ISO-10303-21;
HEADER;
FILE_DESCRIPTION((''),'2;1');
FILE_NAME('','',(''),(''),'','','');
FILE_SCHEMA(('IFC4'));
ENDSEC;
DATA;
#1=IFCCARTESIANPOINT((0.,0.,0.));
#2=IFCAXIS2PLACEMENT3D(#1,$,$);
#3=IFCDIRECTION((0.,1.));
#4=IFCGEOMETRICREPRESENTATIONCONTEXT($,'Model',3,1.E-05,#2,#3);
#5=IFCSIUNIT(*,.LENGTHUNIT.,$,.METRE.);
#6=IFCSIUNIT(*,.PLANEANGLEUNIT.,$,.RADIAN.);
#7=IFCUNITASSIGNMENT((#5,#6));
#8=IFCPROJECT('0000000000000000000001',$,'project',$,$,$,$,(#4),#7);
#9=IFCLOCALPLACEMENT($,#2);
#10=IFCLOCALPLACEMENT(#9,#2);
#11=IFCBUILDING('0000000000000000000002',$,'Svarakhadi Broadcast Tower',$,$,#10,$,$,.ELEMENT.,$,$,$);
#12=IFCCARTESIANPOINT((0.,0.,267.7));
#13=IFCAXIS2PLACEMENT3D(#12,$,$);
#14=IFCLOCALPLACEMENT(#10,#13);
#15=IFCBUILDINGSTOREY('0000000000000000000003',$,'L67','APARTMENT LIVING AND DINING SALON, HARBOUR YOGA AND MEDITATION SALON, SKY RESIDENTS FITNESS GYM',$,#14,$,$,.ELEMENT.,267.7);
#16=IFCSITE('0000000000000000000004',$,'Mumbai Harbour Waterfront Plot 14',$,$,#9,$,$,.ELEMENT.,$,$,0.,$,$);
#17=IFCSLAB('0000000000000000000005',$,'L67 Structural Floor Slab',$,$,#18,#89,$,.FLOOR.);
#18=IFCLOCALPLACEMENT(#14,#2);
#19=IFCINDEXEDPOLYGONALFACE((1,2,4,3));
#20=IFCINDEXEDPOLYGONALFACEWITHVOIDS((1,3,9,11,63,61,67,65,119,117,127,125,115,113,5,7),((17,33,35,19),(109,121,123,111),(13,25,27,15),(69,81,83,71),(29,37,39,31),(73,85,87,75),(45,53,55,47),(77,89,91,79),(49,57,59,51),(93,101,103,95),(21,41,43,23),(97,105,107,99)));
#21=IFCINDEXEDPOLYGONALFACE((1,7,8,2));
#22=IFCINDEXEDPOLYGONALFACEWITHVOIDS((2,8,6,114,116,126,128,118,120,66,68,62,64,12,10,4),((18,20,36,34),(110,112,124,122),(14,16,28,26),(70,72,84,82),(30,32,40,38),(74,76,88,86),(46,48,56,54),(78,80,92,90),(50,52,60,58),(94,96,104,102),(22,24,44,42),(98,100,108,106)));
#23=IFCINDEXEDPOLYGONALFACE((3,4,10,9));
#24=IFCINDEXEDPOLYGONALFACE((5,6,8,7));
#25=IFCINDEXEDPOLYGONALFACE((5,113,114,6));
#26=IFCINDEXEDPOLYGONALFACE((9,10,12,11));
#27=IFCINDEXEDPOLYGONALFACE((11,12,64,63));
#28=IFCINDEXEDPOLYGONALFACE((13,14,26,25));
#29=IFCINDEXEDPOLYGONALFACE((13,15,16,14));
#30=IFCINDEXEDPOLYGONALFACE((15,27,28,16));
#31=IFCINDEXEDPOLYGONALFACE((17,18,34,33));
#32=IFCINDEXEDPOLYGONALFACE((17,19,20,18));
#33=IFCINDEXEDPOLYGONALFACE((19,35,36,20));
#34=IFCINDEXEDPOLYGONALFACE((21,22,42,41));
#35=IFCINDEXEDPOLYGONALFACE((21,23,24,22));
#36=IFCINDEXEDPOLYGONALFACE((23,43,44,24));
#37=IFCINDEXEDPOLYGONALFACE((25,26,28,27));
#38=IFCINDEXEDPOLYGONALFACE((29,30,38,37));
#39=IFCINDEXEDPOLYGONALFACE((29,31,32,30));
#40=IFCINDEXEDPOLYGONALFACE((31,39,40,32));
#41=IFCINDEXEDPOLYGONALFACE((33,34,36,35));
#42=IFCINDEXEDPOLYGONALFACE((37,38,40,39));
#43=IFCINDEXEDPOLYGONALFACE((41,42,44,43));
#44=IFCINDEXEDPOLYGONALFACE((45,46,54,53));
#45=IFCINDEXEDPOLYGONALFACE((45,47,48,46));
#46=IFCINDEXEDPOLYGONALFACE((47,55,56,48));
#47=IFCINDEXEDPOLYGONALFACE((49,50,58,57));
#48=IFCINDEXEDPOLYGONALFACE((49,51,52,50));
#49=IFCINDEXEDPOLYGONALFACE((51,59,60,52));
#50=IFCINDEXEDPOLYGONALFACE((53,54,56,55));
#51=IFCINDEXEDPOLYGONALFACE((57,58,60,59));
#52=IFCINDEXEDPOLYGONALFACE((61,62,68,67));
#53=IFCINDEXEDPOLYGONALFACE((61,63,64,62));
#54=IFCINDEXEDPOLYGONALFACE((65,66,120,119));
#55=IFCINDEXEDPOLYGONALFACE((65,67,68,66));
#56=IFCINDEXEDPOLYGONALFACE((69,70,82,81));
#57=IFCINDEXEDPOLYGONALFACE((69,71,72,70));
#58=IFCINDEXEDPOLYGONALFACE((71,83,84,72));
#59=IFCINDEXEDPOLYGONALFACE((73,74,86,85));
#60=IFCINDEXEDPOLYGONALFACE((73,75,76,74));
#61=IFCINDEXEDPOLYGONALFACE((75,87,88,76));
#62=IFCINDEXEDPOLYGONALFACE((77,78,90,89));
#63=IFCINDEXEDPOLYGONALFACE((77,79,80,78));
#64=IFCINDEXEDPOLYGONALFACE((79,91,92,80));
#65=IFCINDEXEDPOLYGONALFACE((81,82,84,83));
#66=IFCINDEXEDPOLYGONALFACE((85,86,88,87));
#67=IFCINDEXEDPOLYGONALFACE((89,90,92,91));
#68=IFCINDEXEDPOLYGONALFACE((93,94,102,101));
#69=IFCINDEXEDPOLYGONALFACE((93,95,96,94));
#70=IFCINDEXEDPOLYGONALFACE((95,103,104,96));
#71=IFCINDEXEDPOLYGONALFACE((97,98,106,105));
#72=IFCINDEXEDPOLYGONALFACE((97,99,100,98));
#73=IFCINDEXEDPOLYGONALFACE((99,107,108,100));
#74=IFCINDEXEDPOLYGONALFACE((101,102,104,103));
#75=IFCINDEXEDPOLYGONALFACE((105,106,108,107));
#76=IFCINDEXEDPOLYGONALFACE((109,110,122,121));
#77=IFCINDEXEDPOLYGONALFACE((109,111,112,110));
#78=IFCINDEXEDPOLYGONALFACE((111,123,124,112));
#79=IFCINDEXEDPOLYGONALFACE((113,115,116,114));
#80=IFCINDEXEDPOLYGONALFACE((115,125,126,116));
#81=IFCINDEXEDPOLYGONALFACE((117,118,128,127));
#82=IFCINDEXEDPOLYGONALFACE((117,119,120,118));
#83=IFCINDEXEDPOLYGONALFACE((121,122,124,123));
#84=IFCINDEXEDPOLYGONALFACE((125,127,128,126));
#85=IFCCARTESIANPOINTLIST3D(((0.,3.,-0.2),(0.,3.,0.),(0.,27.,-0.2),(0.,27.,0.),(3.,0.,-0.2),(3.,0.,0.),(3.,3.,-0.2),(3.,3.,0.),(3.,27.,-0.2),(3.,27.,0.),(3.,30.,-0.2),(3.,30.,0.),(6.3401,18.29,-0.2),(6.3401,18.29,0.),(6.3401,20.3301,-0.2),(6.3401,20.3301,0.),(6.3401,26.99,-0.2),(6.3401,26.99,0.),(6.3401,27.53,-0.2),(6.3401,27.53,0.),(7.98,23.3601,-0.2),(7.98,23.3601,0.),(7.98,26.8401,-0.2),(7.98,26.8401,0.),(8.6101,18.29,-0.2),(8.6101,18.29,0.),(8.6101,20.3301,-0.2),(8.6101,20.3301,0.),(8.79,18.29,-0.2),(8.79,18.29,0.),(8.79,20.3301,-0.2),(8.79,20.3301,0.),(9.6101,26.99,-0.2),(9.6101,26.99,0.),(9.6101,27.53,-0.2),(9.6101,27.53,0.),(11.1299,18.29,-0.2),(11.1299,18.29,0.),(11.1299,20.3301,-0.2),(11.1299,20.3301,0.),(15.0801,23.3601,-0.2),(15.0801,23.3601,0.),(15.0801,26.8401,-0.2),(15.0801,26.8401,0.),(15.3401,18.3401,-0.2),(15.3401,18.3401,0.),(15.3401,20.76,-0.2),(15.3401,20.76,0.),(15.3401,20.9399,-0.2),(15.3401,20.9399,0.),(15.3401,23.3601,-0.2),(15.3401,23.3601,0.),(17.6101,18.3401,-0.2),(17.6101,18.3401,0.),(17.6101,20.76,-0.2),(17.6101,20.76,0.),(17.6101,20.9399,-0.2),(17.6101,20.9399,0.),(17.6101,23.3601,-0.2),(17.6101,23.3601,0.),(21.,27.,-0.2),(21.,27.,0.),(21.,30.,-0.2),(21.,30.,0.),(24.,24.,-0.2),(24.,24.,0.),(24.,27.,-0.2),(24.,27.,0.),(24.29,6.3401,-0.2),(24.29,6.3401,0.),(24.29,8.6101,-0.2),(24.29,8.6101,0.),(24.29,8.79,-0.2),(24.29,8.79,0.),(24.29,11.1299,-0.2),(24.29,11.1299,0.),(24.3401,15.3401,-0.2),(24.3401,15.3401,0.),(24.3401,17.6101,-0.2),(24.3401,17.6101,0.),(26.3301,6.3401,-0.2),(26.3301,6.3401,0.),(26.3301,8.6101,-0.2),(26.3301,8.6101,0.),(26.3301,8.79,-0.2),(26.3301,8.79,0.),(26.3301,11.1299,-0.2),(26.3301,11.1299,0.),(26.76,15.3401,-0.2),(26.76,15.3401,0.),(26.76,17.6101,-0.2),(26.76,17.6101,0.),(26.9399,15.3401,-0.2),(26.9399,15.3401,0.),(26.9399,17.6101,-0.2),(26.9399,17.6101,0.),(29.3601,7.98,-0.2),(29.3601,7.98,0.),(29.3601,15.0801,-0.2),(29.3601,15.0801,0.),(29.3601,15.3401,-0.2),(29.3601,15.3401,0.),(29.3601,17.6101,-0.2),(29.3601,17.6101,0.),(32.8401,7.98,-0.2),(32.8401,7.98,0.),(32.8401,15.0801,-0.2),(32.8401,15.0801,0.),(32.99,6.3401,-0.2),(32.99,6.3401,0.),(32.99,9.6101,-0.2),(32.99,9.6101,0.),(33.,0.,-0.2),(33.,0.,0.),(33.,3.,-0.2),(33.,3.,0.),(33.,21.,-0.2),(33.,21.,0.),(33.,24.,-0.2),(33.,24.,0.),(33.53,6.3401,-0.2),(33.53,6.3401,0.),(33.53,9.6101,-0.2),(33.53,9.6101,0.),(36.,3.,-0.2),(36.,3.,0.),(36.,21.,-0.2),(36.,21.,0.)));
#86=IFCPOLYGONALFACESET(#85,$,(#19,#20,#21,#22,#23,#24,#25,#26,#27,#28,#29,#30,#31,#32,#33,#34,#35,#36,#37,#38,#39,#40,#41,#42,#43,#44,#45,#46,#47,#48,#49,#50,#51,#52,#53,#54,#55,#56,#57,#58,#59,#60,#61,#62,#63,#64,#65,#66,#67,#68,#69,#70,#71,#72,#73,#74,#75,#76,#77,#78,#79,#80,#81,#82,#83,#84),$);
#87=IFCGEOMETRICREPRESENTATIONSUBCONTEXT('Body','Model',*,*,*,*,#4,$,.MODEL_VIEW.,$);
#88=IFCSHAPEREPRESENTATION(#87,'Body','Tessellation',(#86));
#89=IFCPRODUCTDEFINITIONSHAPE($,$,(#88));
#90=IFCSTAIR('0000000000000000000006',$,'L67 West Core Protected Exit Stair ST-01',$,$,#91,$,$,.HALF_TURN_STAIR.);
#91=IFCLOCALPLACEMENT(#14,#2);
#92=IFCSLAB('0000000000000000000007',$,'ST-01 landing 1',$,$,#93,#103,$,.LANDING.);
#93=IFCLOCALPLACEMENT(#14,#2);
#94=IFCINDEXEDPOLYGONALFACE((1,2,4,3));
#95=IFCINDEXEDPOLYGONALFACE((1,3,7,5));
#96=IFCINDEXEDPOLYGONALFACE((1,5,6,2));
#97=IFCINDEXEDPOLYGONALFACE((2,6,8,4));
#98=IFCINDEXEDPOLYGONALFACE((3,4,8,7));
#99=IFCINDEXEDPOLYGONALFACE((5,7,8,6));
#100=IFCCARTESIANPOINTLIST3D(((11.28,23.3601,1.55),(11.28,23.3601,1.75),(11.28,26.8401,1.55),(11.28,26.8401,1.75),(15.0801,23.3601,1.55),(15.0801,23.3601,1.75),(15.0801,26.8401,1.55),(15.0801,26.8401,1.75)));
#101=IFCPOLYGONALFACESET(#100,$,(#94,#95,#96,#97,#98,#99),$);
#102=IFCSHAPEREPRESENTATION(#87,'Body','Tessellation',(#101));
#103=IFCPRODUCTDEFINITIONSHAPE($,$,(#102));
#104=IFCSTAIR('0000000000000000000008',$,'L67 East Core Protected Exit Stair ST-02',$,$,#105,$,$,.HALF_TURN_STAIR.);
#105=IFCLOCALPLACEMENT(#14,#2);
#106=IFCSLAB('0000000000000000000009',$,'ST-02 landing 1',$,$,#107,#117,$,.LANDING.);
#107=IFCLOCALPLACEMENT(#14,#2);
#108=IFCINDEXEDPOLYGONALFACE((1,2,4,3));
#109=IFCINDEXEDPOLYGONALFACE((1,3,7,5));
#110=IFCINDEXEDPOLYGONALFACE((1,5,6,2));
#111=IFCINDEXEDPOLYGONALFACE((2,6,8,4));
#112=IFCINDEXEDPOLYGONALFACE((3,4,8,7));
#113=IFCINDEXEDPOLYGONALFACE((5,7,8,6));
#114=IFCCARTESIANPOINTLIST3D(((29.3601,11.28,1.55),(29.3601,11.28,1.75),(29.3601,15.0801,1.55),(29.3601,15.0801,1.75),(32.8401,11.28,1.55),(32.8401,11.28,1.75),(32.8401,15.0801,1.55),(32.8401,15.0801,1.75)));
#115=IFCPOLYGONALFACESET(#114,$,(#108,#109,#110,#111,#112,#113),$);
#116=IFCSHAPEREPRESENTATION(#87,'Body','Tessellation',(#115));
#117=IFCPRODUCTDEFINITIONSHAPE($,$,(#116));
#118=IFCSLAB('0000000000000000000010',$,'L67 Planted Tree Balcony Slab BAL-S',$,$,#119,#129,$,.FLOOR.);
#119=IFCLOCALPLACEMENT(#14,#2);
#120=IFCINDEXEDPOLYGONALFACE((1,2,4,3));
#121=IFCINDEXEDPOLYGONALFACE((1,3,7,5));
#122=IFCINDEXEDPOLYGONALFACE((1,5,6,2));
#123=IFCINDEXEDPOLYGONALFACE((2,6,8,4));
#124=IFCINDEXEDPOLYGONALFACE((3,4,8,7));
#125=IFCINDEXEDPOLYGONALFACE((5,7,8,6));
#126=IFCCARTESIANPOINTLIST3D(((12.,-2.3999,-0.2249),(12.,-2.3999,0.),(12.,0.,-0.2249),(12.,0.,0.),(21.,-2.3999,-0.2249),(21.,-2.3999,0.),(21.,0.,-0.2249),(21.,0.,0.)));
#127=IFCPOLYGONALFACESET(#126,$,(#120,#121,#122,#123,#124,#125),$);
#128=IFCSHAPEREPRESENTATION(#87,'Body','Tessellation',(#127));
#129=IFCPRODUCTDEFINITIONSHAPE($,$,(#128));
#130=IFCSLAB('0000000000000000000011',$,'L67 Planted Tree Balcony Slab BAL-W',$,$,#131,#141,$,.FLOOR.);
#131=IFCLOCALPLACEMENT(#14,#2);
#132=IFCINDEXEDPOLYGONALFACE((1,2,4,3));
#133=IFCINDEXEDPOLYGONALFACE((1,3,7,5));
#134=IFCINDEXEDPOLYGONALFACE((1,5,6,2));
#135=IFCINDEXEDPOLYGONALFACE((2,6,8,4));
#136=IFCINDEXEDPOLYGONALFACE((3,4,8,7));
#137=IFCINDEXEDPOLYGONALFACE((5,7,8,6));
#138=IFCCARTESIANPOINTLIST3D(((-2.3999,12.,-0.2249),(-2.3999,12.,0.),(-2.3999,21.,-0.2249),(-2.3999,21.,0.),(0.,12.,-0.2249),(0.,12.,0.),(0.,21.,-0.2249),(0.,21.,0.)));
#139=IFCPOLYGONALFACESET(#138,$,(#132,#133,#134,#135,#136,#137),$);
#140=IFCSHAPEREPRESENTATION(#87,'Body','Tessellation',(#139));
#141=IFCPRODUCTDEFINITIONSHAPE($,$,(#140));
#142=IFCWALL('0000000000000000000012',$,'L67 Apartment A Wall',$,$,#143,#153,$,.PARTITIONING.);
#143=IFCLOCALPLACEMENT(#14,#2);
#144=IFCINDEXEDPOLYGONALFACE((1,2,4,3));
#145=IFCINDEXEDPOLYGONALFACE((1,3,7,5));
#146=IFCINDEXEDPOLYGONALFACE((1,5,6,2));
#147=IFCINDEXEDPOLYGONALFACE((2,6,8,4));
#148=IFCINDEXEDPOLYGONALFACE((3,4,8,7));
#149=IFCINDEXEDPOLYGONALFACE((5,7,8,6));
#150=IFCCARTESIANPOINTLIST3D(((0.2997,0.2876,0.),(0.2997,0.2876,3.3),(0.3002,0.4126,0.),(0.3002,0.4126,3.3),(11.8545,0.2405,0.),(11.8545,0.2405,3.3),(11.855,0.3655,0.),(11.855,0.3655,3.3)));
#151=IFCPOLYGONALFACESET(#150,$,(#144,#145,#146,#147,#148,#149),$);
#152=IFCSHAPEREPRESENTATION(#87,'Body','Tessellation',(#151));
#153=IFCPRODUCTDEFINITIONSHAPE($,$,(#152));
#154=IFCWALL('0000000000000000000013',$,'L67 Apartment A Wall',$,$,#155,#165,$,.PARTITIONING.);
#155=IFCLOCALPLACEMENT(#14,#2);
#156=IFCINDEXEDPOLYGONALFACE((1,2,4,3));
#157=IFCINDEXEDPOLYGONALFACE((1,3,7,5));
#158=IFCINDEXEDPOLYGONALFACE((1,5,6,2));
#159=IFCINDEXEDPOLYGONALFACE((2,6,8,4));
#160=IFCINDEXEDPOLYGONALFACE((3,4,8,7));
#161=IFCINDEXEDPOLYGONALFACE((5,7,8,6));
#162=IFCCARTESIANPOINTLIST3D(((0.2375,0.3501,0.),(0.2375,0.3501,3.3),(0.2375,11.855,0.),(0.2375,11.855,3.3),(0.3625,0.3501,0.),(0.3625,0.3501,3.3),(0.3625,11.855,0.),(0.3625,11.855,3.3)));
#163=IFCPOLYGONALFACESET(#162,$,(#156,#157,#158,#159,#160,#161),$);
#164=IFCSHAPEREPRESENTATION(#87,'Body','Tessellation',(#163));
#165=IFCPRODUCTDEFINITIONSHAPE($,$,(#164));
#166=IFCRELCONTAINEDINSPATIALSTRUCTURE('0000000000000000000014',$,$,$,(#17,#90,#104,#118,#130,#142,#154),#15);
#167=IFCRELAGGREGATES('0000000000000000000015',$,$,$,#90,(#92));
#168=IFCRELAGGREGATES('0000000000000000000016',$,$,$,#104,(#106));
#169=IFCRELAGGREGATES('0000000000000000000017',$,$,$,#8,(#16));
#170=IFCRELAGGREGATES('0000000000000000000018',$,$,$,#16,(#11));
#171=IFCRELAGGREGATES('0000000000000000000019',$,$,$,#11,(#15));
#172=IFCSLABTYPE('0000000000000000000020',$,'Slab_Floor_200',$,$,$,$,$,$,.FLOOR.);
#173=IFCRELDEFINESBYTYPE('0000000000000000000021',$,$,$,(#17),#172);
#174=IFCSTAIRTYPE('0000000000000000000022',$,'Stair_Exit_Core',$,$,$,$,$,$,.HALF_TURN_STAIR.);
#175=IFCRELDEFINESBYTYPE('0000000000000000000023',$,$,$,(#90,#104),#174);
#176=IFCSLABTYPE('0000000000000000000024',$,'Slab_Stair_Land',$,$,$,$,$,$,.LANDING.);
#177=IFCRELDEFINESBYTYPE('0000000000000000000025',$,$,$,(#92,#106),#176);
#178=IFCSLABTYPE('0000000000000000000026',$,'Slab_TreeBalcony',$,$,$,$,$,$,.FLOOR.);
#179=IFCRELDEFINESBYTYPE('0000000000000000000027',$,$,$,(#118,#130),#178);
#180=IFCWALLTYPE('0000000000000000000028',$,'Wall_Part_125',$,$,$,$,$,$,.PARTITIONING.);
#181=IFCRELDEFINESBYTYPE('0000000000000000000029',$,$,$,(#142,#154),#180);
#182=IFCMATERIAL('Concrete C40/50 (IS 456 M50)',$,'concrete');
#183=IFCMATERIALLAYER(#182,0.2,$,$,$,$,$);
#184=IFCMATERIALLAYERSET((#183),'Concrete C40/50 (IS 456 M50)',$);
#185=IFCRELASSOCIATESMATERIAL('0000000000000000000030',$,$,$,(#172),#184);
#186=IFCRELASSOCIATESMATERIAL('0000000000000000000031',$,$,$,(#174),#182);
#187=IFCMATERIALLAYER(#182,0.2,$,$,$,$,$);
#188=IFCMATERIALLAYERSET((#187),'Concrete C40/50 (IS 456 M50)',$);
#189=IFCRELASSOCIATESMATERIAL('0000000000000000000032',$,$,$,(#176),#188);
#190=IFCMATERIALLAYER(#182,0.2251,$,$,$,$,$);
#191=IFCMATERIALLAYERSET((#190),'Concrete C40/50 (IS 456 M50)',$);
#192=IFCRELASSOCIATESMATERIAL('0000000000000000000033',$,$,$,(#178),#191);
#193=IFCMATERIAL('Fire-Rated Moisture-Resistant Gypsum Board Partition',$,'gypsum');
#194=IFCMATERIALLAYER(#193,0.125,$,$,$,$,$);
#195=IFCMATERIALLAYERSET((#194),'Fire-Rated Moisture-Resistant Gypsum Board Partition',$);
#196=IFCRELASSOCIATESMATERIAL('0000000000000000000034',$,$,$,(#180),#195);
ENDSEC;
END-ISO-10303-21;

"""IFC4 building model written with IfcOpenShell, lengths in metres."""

from ifc_helpers import new_model, si_unit, direction, frame, frame_2d, origin, place, context, subcontext, project, spatial, polyline, rectangle, outline, extrude, material, layer, layer_set, type_object, element, aggregate, save


model = new_model("IFC4")

# Units and contexts
model_context = context("Model", 3, precision=1e-05, world=origin(), true_north=direction((0.0, 1.0)))
body_context = subcontext(model_context, "Body", "Model", "MODEL_VIEW")
ifc_project = project(units=[si_unit("LENGTHUNIT", "METRE"), si_unit("PLANEANGLEUNIT", "RADIAN")], contexts=[model_context])

# Site, building, storey
site_placement = place(None, origin())
site = spatial("IfcSite", under=ifc_project, at=site_placement, Name="Mumbai Harbour Waterfront Plot 14", CompositionType="ELEMENT", RefElevation=0.0)
building_placement = place(site_placement, origin())
building = spatial("IfcBuilding", under=site, at=building_placement, Name="Svarakhadi Broadcast Tower", CompositionType="ELEMENT")
storey_placement = place(building_placement, frame((0.0, 0.0, 267.7)))
storey = spatial("IfcBuildingStorey", under=building, at=storey_placement, Name="L67", Description="APARTMENT LIVING AND DINING SALON, HARBOUR YOGA AND MEDITATION SALON, SKY RESIDENTS FITNESS GYM", CompositionType="ELEMENT", Elevation=267.7)

# Slab
ifc_material_1 = material(Name="Concrete C40/50 (IS 456 M50)", Category="concrete")
ifc_layer_1 = layer(ifc_material_1, 0.2)
ifc_layer_set_1 = layer_set([ifc_layer_1], Name="Concrete C40/50 (IS 456 M50)")
slab_type_1 = type_object("IfcSlabType", Name="Slab_Floor_200", PredefinedType="FLOOR", material=ifc_layer_set_1)
slab_1_placement = place(storey_placement, frame((0.0, 0.0, -0.2)))
element("IfcSlab", 1, at=slab_1_placement, inside=storey, type_object=slab_type_1, Name="L67 Structural Floor Slab", PredefinedType="FLOOR", context=body_context, shape_type="SweptSolid", body=[
    extrude(outline(polyline([(3.0, 0.0), (33.0, 0.0), (33.0, 3.0), (36.0, 3.0), (36.0, 21.0), (33.0, 21.0), (33.0, 24.0), (24.0, 24.0), (24.0, 27.0), (21.0, 27.0), (21.0, 30.0), (3.0, 30.0), (3.0, 27.0), (0.0, 27.0), (0.0, 3.0), (3.0, 3.0), (3.0, 0.0)]), holes=[polyline([(7.98, 23.3601), (15.0801, 23.3601), (15.0801, 26.8401), (7.98, 26.8401), (7.98, 23.3601)]), polyline([(32.8401, 7.98), (32.8401, 15.0801), (29.3601, 15.0801), (29.3601, 7.98), (32.8401, 7.98)]), polyline([(6.3401, 18.29), (8.6101, 18.29), (8.6101, 20.3301), (6.3401, 20.3301), (6.3401, 18.29)]), polyline([(8.79, 18.29), (11.1299, 18.29), (11.1299, 20.3301), (8.79, 20.3301), (8.79, 18.29)]), polyline([(24.29, 6.3401), (26.3301, 6.3401), (26.3301, 8.6101), (24.29, 8.6101), (24.29, 6.3401)]), polyline([(24.29, 8.79), (26.3301, 8.79), (26.3301, 11.1299), (24.29, 11.1299), (24.29, 8.79)]), polyline([(6.3401, 26.99), (9.6101, 26.99), (9.6101, 27.53), (6.3401, 27.53), (6.3401, 26.99)]), polyline([(32.99, 6.3401), (33.53, 6.3401), (33.53, 9.6101), (32.99, 9.6101), (32.99, 6.3401)]), polyline([(15.3401, 18.3401), (17.6101, 18.3401), (17.6101, 20.76), (15.3401, 20.76), (15.3401, 18.3401)]), polyline([(15.3401, 20.9399), (17.6101, 20.9399), (17.6101, 23.3601), (15.3401, 23.3601), (15.3401, 20.9399)]), polyline([(24.3401, 15.3401), (26.76, 15.3401), (26.76, 17.6101), (24.3401, 17.6101), (24.3401, 15.3401)]), polyline([(26.9399, 15.3401), (29.3601, 15.3401), (29.3601, 17.6101), (26.9399, 17.6101), (26.9399, 15.3401)])]), origin(), (0.0, 0.0, 1.0), 0.2),
])

# Stairs, slabs
stair_type = type_object("IfcStairType", Name="Stair_Exit_Core", PredefinedType="HALF_TURN_STAIR", material=ifc_material_1)
stair_1_placement = place(storey_placement, origin())
stair_1 = element("IfcStair", 2, at=stair_1_placement, inside=storey, type_object=stair_type, Name="L67 West Core Protected Exit Stair ST-01", PredefinedType="HALF_TURN_STAIR")
ifc_layer_2 = layer(ifc_material_1, 0.2)
ifc_layer_set_2 = layer_set([ifc_layer_2], Name="Concrete C40/50 (IS 456 M50)")
slab_type_2 = type_object("IfcSlabType", Name="Slab_Stair_Land", PredefinedType="LANDING", material=ifc_layer_set_2)
slab_2_placement = place(storey_placement, frame((0.0, 0.0, 1.55)))
slab_2 = element("IfcSlab", 3, at=slab_2_placement, type_object=slab_type_2, Name="ST-01 landing 1", PredefinedType="LANDING", context=body_context, shape_type="SweptSolid", body=[
    extrude(outline(polyline([(11.28, 23.3601), (15.0801, 23.3601), (15.0801, 26.8401), (11.28, 26.8401), (11.28, 23.3601)])), origin(), (0.0, 0.0, 1.0), 0.2),
])
aggregate(stair_1, [slab_2])
stair_2_placement = place(storey_placement, origin())
stair_2 = element("IfcStair", 4, at=stair_2_placement, inside=storey, type_object=stair_type, Name="L67 East Core Protected Exit Stair ST-02", PredefinedType="HALF_TURN_STAIR")
slab_3_placement = place(storey_placement, frame((0.0, 0.0, 1.55)))
slab_3 = element("IfcSlab", 5, at=slab_3_placement, type_object=slab_type_2, Name="ST-02 landing 1", PredefinedType="LANDING", context=body_context, shape_type="SweptSolid", body=[
    extrude(outline(polyline([(32.8401, 11.28), (32.8401, 15.0801), (29.3601, 15.0801), (29.3601, 11.28), (32.8401, 11.28)])), origin(), (0.0, 0.0, 1.0), 0.2),
])
aggregate(stair_2, [slab_3])

# Slabs
ifc_layer_3 = layer(ifc_material_1, 0.2251)
ifc_layer_set_3 = layer_set([ifc_layer_3], Name="Concrete C40/50 (IS 456 M50)")
slab_type_3 = type_object("IfcSlabType", Name="Slab_TreeBalcony", PredefinedType="FLOOR", material=ifc_layer_set_3)
slab_4_placement = place(storey_placement, frame((0.0, 0.0, -0.2249)))
element("IfcSlab", 6, at=slab_4_placement, inside=storey, type_object=slab_type_3, Name="L67 Planted Tree Balcony Slab BAL-S", PredefinedType="FLOOR", context=body_context, shape_type="SweptSolid", body=[
    extrude(outline(polyline([(12.0, -2.3999), (21.0, -2.3999), (21.0, 0.0), (12.0, 0.0), (12.0, -2.3999)])), origin(), (0.0, 0.0, 1.0), 0.2249),
])
slab_5_placement = place(storey_placement, frame((0.0, 0.0, -0.2249)))
element("IfcSlab", 7, at=slab_5_placement, inside=storey, type_object=slab_type_3, Name="L67 Planted Tree Balcony Slab BAL-W", PredefinedType="FLOOR", context=body_context, shape_type="SweptSolid", body=[
    extrude(outline(polyline([(-2.3999, 12.0), (0.0, 12.0), (0.0, 21.0), (-2.3999, 21.0), (-2.3999, 12.0)])), origin(), (0.0, 0.0, 1.0), 0.2249),
])

# Walls
ifc_material_2 = material(Name="Fire-Rated Moisture-Resistant Gypsum Board Partition", Category="gypsum")
ifc_layer_4 = layer(ifc_material_2, 0.125)
ifc_layer_set_4 = layer_set([ifc_layer_4], Name="Fire-Rated Moisture-Resistant Gypsum Board Partition")
wall_type = type_object("IfcWallType", Name="Wall_Part_125", PredefinedType="PARTITIONING", material=ifc_layer_set_4)
wall_1_placement = place(storey_placement, frame((0.3, 0.3501, 0.0), z_axis=(0.0, 0.0, 1.0), x_axis=(0.999992, -0.004078, 0.0)))
element("IfcWall", 8, at=wall_1_placement, inside=storey, type_object=wall_type, Name="L67 Apartment A Wall", PredefinedType="PARTITIONING", context=body_context, shape_type="SweptSolid", body=[
    extrude(rectangle(XDim=11.5549, YDim=0.125, at=frame_2d((5.7773, 0.0))), origin(), (0.0, 0.0, 1.0), 3.3),
])
wall_2_placement = place(storey_placement, frame((0.3, 0.3501, 0.0), z_axis=(0.0, 0.0, 1.0), x_axis=(0.0, 1.0, 0.0)))
element("IfcWall", 9, at=wall_2_placement, inside=storey, type_object=wall_type, Name="L67 Apartment A Wall", PredefinedType="PARTITIONING", context=body_context, shape_type="SweptSolid", body=[
    extrude(rectangle(XDim=11.5049, YDim=0.125, at=frame_2d((5.7524, 0.0))), origin(), (0.0, 0.0, 1.0), 3.3),
])

save(model, "model.ifc")
